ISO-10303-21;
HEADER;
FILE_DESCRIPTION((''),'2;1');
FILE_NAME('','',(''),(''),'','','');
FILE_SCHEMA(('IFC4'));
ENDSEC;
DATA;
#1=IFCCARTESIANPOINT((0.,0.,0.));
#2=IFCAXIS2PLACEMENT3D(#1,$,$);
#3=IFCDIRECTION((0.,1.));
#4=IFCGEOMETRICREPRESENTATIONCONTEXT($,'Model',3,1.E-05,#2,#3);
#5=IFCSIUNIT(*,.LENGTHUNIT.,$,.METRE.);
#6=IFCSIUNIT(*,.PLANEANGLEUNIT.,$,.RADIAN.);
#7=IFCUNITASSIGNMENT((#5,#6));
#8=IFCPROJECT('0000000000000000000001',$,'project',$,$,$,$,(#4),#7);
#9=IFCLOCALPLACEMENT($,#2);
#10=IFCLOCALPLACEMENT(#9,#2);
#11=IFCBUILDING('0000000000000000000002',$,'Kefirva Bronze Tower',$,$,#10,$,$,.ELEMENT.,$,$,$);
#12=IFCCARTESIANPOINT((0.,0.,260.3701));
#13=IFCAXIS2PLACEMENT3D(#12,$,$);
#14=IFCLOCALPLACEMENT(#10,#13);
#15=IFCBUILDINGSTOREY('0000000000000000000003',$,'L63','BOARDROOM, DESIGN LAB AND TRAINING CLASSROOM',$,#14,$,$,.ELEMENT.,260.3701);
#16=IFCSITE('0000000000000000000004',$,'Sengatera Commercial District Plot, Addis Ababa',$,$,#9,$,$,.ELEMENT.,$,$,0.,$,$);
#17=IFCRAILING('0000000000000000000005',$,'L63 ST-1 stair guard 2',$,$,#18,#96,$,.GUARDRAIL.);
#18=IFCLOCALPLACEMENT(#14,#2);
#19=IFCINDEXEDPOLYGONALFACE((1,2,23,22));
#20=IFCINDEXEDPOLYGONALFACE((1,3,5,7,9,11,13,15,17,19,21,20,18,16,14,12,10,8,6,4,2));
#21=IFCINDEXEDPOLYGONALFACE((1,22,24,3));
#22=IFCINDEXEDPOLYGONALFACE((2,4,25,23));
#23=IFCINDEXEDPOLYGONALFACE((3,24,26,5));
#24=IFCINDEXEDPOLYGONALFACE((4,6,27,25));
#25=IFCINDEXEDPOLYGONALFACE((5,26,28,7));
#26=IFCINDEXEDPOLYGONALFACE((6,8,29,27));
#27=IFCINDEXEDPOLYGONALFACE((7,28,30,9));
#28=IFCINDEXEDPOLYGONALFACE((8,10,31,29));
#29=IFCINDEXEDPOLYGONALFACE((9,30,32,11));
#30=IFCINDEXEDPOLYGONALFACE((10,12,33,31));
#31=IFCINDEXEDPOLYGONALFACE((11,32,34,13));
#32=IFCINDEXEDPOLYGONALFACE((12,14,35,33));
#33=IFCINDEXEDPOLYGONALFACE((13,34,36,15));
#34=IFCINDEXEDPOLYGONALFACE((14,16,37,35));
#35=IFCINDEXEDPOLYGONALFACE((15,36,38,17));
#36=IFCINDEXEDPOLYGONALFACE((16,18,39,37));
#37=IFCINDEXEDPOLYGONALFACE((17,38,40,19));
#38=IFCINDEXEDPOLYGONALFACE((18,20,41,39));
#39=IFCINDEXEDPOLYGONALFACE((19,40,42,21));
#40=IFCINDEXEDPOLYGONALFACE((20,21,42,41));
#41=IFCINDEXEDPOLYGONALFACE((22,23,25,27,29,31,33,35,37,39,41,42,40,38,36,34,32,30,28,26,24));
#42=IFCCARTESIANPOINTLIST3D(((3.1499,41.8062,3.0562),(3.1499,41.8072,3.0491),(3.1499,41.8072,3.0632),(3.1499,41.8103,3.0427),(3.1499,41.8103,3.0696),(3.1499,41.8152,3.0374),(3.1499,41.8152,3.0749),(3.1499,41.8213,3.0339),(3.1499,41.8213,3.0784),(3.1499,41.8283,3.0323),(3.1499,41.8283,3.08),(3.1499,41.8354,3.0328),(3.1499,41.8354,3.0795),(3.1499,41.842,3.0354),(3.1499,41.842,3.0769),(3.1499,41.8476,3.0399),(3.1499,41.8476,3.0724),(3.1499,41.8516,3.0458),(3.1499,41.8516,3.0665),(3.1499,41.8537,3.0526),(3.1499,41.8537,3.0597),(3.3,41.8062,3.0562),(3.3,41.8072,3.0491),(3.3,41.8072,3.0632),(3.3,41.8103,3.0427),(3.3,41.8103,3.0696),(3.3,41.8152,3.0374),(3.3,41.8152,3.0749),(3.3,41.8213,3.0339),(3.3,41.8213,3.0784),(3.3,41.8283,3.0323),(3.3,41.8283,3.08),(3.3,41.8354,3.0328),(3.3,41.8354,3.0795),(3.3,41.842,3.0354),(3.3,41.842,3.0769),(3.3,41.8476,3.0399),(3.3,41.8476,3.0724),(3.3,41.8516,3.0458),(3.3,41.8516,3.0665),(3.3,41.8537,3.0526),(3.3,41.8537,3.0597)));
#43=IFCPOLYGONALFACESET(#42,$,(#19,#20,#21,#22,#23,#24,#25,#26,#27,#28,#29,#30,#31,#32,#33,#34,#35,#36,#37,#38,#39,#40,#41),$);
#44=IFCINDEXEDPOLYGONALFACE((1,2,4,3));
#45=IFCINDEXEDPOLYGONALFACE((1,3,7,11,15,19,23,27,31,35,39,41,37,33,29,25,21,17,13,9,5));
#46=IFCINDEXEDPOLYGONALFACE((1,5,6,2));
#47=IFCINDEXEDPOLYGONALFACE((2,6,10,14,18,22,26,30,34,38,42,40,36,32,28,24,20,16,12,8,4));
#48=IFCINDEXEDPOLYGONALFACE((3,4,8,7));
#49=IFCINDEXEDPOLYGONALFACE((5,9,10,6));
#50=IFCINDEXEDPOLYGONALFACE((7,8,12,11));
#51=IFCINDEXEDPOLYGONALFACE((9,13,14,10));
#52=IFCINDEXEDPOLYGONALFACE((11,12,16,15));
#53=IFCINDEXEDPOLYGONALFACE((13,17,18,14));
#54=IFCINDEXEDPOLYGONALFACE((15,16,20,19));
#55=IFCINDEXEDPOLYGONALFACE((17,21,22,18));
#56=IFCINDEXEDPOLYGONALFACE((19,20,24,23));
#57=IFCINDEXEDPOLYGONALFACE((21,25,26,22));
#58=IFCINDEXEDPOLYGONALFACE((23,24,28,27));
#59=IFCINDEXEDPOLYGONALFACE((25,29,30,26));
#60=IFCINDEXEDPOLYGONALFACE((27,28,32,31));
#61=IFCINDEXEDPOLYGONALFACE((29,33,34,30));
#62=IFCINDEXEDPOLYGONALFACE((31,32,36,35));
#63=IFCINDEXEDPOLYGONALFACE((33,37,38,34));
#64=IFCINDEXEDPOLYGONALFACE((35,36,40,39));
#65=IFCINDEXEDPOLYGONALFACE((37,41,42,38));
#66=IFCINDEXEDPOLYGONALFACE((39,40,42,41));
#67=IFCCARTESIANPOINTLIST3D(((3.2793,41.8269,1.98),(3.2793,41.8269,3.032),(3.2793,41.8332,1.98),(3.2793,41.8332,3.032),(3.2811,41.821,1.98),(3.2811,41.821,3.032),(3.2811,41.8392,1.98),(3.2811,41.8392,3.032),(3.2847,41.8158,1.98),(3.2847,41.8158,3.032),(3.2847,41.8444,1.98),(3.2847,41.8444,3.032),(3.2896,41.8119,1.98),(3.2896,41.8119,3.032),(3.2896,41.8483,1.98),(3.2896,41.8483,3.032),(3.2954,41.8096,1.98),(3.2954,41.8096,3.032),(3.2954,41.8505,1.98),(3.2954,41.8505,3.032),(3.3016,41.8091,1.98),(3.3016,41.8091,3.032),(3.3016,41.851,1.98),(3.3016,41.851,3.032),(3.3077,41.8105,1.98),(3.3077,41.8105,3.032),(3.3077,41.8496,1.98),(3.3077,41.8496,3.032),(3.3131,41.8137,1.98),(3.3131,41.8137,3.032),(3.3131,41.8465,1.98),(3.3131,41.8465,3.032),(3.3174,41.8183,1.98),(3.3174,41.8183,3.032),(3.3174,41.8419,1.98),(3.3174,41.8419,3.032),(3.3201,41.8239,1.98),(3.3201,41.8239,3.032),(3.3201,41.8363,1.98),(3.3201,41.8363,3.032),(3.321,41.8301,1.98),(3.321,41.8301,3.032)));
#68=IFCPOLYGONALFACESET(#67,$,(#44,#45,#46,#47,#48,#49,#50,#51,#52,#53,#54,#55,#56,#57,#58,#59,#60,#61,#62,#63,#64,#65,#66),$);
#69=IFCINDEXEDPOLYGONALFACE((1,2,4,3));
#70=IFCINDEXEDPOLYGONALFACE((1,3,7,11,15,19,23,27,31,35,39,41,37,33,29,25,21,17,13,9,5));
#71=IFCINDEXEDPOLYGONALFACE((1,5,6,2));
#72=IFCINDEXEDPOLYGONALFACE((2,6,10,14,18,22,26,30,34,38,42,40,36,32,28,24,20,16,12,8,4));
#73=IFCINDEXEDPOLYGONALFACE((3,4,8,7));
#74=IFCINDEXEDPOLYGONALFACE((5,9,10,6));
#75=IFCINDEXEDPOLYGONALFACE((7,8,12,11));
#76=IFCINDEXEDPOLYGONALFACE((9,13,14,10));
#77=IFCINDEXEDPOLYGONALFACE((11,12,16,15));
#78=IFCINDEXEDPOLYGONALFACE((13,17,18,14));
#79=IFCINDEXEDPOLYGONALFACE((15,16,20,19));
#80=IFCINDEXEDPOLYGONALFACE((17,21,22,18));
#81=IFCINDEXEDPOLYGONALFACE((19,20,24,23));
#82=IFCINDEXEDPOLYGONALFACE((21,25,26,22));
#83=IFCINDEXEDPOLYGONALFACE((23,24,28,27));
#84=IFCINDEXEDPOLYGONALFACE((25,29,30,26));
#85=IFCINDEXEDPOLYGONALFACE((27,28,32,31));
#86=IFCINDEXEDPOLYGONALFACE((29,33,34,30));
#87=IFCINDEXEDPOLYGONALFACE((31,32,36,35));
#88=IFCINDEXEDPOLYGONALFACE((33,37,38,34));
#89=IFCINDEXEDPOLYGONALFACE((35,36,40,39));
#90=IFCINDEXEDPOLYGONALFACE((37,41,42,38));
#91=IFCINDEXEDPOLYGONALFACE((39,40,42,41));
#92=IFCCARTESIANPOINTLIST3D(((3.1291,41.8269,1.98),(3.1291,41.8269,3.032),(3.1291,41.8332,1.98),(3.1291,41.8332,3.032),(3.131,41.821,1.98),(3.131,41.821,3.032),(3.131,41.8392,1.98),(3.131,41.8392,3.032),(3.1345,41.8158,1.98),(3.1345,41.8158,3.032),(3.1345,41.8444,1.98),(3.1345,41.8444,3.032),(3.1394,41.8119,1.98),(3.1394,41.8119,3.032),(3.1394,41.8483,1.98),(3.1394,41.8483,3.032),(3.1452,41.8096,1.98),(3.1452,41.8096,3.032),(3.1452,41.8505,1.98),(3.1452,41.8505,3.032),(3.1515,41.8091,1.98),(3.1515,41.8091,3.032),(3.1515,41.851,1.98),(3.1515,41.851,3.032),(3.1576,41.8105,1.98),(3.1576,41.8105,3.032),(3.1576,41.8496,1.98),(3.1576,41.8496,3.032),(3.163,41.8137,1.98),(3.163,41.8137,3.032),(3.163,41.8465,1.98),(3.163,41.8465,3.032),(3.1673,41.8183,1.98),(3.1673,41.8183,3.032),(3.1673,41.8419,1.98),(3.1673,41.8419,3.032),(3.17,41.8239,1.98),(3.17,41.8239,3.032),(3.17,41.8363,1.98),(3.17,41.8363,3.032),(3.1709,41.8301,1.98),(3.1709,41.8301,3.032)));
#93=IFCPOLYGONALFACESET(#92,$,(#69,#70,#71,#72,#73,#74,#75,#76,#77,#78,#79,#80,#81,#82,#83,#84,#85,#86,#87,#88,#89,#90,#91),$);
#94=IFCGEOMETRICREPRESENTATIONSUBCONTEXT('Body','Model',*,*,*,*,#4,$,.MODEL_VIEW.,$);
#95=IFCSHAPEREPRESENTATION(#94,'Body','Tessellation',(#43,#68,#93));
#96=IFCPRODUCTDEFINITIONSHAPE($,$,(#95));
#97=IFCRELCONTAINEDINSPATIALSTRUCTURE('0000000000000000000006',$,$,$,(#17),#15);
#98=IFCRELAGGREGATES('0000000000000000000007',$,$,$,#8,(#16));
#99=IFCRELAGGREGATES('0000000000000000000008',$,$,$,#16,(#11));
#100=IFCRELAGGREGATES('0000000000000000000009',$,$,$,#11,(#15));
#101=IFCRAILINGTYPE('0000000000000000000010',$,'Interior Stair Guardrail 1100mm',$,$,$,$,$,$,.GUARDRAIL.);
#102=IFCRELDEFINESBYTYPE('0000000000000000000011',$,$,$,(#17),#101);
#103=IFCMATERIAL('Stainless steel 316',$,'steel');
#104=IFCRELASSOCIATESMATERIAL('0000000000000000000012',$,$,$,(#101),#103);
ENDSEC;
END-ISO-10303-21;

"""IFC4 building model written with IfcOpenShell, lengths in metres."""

from ifc_helpers import new_model, si_unit, direction, frame, origin, origin_2d, place, context, subcontext, project, spatial, circle, extrude, material, type_object, element, save


model = new_model("IFC4")

# Units and contexts
model_context = context("Model", 3, precision=1e-05, world=origin(), true_north=direction((0.0, 1.0)))
body_context = subcontext(model_context, "Body", "Model", "MODEL_VIEW")
ifc_project = project(units=[si_unit("LENGTHUNIT", "METRE"), si_unit("PLANEANGLEUNIT", "RADIAN")], contexts=[model_context])

# Site, building, storey
site_placement = place(None, origin())
site = spatial("IfcSite", under=ifc_project, at=site_placement, Name="Sengatera Commercial District Plot, Addis Ababa", CompositionType="ELEMENT", RefElevation=0.0)
building_placement = place(site_placement, origin())
building = spatial("IfcBuilding", under=site, at=building_placement, Name="Kefirva Bronze Tower", CompositionType="ELEMENT")
storey_placement = place(building_placement, frame((0.0, 0.0, 260.3701)))
storey = spatial("IfcBuildingStorey", under=building, at=storey_placement, Name="L63", Description="BOARDROOM, DESIGN LAB AND TRAINING CLASSROOM", CompositionType="ELEMENT", Elevation=260.3701)

# Railing
ifc_material_1 = material(Name="Stainless steel 316", Category="steel")
railing_type_1 = type_object("IfcRailingType", Name="Interior Stair Guardrail 1100mm", PredefinedType="GUARDRAIL", material=ifc_material_1)
railing_1_placement = place(storey_placement, frame((3.3, 41.8301, 1.98)))
element("IfcRailing", 1, at=railing_1_placement, inside=storey, type_object=railing_type_1, Name="L63 ST-1 stair guard 2", PredefinedType="GUARDRAIL", context=body_context, shape_type="SweptSolid", body=[
    extrude(circle(Radius=0.0239, at=origin_2d()), frame((0.0, 0.0, 1.0762), z_axis=(-1.0, 0.0, 0.0), x_axis=(0.0, -1.0, 0.0)), (0.0, 0.0, 1.0), 0.1501),
    extrude(circle(Radius=0.021, at=origin_2d()), origin(), (0.0, 0.0, 1.0), 1.052),
    extrude(circle(Radius=0.021, at=origin_2d()), frame((-0.1501, 0.0, 0.0)), (0.0, 0.0, 1.0), 1.052),
])

save(model, "model.ifc")
